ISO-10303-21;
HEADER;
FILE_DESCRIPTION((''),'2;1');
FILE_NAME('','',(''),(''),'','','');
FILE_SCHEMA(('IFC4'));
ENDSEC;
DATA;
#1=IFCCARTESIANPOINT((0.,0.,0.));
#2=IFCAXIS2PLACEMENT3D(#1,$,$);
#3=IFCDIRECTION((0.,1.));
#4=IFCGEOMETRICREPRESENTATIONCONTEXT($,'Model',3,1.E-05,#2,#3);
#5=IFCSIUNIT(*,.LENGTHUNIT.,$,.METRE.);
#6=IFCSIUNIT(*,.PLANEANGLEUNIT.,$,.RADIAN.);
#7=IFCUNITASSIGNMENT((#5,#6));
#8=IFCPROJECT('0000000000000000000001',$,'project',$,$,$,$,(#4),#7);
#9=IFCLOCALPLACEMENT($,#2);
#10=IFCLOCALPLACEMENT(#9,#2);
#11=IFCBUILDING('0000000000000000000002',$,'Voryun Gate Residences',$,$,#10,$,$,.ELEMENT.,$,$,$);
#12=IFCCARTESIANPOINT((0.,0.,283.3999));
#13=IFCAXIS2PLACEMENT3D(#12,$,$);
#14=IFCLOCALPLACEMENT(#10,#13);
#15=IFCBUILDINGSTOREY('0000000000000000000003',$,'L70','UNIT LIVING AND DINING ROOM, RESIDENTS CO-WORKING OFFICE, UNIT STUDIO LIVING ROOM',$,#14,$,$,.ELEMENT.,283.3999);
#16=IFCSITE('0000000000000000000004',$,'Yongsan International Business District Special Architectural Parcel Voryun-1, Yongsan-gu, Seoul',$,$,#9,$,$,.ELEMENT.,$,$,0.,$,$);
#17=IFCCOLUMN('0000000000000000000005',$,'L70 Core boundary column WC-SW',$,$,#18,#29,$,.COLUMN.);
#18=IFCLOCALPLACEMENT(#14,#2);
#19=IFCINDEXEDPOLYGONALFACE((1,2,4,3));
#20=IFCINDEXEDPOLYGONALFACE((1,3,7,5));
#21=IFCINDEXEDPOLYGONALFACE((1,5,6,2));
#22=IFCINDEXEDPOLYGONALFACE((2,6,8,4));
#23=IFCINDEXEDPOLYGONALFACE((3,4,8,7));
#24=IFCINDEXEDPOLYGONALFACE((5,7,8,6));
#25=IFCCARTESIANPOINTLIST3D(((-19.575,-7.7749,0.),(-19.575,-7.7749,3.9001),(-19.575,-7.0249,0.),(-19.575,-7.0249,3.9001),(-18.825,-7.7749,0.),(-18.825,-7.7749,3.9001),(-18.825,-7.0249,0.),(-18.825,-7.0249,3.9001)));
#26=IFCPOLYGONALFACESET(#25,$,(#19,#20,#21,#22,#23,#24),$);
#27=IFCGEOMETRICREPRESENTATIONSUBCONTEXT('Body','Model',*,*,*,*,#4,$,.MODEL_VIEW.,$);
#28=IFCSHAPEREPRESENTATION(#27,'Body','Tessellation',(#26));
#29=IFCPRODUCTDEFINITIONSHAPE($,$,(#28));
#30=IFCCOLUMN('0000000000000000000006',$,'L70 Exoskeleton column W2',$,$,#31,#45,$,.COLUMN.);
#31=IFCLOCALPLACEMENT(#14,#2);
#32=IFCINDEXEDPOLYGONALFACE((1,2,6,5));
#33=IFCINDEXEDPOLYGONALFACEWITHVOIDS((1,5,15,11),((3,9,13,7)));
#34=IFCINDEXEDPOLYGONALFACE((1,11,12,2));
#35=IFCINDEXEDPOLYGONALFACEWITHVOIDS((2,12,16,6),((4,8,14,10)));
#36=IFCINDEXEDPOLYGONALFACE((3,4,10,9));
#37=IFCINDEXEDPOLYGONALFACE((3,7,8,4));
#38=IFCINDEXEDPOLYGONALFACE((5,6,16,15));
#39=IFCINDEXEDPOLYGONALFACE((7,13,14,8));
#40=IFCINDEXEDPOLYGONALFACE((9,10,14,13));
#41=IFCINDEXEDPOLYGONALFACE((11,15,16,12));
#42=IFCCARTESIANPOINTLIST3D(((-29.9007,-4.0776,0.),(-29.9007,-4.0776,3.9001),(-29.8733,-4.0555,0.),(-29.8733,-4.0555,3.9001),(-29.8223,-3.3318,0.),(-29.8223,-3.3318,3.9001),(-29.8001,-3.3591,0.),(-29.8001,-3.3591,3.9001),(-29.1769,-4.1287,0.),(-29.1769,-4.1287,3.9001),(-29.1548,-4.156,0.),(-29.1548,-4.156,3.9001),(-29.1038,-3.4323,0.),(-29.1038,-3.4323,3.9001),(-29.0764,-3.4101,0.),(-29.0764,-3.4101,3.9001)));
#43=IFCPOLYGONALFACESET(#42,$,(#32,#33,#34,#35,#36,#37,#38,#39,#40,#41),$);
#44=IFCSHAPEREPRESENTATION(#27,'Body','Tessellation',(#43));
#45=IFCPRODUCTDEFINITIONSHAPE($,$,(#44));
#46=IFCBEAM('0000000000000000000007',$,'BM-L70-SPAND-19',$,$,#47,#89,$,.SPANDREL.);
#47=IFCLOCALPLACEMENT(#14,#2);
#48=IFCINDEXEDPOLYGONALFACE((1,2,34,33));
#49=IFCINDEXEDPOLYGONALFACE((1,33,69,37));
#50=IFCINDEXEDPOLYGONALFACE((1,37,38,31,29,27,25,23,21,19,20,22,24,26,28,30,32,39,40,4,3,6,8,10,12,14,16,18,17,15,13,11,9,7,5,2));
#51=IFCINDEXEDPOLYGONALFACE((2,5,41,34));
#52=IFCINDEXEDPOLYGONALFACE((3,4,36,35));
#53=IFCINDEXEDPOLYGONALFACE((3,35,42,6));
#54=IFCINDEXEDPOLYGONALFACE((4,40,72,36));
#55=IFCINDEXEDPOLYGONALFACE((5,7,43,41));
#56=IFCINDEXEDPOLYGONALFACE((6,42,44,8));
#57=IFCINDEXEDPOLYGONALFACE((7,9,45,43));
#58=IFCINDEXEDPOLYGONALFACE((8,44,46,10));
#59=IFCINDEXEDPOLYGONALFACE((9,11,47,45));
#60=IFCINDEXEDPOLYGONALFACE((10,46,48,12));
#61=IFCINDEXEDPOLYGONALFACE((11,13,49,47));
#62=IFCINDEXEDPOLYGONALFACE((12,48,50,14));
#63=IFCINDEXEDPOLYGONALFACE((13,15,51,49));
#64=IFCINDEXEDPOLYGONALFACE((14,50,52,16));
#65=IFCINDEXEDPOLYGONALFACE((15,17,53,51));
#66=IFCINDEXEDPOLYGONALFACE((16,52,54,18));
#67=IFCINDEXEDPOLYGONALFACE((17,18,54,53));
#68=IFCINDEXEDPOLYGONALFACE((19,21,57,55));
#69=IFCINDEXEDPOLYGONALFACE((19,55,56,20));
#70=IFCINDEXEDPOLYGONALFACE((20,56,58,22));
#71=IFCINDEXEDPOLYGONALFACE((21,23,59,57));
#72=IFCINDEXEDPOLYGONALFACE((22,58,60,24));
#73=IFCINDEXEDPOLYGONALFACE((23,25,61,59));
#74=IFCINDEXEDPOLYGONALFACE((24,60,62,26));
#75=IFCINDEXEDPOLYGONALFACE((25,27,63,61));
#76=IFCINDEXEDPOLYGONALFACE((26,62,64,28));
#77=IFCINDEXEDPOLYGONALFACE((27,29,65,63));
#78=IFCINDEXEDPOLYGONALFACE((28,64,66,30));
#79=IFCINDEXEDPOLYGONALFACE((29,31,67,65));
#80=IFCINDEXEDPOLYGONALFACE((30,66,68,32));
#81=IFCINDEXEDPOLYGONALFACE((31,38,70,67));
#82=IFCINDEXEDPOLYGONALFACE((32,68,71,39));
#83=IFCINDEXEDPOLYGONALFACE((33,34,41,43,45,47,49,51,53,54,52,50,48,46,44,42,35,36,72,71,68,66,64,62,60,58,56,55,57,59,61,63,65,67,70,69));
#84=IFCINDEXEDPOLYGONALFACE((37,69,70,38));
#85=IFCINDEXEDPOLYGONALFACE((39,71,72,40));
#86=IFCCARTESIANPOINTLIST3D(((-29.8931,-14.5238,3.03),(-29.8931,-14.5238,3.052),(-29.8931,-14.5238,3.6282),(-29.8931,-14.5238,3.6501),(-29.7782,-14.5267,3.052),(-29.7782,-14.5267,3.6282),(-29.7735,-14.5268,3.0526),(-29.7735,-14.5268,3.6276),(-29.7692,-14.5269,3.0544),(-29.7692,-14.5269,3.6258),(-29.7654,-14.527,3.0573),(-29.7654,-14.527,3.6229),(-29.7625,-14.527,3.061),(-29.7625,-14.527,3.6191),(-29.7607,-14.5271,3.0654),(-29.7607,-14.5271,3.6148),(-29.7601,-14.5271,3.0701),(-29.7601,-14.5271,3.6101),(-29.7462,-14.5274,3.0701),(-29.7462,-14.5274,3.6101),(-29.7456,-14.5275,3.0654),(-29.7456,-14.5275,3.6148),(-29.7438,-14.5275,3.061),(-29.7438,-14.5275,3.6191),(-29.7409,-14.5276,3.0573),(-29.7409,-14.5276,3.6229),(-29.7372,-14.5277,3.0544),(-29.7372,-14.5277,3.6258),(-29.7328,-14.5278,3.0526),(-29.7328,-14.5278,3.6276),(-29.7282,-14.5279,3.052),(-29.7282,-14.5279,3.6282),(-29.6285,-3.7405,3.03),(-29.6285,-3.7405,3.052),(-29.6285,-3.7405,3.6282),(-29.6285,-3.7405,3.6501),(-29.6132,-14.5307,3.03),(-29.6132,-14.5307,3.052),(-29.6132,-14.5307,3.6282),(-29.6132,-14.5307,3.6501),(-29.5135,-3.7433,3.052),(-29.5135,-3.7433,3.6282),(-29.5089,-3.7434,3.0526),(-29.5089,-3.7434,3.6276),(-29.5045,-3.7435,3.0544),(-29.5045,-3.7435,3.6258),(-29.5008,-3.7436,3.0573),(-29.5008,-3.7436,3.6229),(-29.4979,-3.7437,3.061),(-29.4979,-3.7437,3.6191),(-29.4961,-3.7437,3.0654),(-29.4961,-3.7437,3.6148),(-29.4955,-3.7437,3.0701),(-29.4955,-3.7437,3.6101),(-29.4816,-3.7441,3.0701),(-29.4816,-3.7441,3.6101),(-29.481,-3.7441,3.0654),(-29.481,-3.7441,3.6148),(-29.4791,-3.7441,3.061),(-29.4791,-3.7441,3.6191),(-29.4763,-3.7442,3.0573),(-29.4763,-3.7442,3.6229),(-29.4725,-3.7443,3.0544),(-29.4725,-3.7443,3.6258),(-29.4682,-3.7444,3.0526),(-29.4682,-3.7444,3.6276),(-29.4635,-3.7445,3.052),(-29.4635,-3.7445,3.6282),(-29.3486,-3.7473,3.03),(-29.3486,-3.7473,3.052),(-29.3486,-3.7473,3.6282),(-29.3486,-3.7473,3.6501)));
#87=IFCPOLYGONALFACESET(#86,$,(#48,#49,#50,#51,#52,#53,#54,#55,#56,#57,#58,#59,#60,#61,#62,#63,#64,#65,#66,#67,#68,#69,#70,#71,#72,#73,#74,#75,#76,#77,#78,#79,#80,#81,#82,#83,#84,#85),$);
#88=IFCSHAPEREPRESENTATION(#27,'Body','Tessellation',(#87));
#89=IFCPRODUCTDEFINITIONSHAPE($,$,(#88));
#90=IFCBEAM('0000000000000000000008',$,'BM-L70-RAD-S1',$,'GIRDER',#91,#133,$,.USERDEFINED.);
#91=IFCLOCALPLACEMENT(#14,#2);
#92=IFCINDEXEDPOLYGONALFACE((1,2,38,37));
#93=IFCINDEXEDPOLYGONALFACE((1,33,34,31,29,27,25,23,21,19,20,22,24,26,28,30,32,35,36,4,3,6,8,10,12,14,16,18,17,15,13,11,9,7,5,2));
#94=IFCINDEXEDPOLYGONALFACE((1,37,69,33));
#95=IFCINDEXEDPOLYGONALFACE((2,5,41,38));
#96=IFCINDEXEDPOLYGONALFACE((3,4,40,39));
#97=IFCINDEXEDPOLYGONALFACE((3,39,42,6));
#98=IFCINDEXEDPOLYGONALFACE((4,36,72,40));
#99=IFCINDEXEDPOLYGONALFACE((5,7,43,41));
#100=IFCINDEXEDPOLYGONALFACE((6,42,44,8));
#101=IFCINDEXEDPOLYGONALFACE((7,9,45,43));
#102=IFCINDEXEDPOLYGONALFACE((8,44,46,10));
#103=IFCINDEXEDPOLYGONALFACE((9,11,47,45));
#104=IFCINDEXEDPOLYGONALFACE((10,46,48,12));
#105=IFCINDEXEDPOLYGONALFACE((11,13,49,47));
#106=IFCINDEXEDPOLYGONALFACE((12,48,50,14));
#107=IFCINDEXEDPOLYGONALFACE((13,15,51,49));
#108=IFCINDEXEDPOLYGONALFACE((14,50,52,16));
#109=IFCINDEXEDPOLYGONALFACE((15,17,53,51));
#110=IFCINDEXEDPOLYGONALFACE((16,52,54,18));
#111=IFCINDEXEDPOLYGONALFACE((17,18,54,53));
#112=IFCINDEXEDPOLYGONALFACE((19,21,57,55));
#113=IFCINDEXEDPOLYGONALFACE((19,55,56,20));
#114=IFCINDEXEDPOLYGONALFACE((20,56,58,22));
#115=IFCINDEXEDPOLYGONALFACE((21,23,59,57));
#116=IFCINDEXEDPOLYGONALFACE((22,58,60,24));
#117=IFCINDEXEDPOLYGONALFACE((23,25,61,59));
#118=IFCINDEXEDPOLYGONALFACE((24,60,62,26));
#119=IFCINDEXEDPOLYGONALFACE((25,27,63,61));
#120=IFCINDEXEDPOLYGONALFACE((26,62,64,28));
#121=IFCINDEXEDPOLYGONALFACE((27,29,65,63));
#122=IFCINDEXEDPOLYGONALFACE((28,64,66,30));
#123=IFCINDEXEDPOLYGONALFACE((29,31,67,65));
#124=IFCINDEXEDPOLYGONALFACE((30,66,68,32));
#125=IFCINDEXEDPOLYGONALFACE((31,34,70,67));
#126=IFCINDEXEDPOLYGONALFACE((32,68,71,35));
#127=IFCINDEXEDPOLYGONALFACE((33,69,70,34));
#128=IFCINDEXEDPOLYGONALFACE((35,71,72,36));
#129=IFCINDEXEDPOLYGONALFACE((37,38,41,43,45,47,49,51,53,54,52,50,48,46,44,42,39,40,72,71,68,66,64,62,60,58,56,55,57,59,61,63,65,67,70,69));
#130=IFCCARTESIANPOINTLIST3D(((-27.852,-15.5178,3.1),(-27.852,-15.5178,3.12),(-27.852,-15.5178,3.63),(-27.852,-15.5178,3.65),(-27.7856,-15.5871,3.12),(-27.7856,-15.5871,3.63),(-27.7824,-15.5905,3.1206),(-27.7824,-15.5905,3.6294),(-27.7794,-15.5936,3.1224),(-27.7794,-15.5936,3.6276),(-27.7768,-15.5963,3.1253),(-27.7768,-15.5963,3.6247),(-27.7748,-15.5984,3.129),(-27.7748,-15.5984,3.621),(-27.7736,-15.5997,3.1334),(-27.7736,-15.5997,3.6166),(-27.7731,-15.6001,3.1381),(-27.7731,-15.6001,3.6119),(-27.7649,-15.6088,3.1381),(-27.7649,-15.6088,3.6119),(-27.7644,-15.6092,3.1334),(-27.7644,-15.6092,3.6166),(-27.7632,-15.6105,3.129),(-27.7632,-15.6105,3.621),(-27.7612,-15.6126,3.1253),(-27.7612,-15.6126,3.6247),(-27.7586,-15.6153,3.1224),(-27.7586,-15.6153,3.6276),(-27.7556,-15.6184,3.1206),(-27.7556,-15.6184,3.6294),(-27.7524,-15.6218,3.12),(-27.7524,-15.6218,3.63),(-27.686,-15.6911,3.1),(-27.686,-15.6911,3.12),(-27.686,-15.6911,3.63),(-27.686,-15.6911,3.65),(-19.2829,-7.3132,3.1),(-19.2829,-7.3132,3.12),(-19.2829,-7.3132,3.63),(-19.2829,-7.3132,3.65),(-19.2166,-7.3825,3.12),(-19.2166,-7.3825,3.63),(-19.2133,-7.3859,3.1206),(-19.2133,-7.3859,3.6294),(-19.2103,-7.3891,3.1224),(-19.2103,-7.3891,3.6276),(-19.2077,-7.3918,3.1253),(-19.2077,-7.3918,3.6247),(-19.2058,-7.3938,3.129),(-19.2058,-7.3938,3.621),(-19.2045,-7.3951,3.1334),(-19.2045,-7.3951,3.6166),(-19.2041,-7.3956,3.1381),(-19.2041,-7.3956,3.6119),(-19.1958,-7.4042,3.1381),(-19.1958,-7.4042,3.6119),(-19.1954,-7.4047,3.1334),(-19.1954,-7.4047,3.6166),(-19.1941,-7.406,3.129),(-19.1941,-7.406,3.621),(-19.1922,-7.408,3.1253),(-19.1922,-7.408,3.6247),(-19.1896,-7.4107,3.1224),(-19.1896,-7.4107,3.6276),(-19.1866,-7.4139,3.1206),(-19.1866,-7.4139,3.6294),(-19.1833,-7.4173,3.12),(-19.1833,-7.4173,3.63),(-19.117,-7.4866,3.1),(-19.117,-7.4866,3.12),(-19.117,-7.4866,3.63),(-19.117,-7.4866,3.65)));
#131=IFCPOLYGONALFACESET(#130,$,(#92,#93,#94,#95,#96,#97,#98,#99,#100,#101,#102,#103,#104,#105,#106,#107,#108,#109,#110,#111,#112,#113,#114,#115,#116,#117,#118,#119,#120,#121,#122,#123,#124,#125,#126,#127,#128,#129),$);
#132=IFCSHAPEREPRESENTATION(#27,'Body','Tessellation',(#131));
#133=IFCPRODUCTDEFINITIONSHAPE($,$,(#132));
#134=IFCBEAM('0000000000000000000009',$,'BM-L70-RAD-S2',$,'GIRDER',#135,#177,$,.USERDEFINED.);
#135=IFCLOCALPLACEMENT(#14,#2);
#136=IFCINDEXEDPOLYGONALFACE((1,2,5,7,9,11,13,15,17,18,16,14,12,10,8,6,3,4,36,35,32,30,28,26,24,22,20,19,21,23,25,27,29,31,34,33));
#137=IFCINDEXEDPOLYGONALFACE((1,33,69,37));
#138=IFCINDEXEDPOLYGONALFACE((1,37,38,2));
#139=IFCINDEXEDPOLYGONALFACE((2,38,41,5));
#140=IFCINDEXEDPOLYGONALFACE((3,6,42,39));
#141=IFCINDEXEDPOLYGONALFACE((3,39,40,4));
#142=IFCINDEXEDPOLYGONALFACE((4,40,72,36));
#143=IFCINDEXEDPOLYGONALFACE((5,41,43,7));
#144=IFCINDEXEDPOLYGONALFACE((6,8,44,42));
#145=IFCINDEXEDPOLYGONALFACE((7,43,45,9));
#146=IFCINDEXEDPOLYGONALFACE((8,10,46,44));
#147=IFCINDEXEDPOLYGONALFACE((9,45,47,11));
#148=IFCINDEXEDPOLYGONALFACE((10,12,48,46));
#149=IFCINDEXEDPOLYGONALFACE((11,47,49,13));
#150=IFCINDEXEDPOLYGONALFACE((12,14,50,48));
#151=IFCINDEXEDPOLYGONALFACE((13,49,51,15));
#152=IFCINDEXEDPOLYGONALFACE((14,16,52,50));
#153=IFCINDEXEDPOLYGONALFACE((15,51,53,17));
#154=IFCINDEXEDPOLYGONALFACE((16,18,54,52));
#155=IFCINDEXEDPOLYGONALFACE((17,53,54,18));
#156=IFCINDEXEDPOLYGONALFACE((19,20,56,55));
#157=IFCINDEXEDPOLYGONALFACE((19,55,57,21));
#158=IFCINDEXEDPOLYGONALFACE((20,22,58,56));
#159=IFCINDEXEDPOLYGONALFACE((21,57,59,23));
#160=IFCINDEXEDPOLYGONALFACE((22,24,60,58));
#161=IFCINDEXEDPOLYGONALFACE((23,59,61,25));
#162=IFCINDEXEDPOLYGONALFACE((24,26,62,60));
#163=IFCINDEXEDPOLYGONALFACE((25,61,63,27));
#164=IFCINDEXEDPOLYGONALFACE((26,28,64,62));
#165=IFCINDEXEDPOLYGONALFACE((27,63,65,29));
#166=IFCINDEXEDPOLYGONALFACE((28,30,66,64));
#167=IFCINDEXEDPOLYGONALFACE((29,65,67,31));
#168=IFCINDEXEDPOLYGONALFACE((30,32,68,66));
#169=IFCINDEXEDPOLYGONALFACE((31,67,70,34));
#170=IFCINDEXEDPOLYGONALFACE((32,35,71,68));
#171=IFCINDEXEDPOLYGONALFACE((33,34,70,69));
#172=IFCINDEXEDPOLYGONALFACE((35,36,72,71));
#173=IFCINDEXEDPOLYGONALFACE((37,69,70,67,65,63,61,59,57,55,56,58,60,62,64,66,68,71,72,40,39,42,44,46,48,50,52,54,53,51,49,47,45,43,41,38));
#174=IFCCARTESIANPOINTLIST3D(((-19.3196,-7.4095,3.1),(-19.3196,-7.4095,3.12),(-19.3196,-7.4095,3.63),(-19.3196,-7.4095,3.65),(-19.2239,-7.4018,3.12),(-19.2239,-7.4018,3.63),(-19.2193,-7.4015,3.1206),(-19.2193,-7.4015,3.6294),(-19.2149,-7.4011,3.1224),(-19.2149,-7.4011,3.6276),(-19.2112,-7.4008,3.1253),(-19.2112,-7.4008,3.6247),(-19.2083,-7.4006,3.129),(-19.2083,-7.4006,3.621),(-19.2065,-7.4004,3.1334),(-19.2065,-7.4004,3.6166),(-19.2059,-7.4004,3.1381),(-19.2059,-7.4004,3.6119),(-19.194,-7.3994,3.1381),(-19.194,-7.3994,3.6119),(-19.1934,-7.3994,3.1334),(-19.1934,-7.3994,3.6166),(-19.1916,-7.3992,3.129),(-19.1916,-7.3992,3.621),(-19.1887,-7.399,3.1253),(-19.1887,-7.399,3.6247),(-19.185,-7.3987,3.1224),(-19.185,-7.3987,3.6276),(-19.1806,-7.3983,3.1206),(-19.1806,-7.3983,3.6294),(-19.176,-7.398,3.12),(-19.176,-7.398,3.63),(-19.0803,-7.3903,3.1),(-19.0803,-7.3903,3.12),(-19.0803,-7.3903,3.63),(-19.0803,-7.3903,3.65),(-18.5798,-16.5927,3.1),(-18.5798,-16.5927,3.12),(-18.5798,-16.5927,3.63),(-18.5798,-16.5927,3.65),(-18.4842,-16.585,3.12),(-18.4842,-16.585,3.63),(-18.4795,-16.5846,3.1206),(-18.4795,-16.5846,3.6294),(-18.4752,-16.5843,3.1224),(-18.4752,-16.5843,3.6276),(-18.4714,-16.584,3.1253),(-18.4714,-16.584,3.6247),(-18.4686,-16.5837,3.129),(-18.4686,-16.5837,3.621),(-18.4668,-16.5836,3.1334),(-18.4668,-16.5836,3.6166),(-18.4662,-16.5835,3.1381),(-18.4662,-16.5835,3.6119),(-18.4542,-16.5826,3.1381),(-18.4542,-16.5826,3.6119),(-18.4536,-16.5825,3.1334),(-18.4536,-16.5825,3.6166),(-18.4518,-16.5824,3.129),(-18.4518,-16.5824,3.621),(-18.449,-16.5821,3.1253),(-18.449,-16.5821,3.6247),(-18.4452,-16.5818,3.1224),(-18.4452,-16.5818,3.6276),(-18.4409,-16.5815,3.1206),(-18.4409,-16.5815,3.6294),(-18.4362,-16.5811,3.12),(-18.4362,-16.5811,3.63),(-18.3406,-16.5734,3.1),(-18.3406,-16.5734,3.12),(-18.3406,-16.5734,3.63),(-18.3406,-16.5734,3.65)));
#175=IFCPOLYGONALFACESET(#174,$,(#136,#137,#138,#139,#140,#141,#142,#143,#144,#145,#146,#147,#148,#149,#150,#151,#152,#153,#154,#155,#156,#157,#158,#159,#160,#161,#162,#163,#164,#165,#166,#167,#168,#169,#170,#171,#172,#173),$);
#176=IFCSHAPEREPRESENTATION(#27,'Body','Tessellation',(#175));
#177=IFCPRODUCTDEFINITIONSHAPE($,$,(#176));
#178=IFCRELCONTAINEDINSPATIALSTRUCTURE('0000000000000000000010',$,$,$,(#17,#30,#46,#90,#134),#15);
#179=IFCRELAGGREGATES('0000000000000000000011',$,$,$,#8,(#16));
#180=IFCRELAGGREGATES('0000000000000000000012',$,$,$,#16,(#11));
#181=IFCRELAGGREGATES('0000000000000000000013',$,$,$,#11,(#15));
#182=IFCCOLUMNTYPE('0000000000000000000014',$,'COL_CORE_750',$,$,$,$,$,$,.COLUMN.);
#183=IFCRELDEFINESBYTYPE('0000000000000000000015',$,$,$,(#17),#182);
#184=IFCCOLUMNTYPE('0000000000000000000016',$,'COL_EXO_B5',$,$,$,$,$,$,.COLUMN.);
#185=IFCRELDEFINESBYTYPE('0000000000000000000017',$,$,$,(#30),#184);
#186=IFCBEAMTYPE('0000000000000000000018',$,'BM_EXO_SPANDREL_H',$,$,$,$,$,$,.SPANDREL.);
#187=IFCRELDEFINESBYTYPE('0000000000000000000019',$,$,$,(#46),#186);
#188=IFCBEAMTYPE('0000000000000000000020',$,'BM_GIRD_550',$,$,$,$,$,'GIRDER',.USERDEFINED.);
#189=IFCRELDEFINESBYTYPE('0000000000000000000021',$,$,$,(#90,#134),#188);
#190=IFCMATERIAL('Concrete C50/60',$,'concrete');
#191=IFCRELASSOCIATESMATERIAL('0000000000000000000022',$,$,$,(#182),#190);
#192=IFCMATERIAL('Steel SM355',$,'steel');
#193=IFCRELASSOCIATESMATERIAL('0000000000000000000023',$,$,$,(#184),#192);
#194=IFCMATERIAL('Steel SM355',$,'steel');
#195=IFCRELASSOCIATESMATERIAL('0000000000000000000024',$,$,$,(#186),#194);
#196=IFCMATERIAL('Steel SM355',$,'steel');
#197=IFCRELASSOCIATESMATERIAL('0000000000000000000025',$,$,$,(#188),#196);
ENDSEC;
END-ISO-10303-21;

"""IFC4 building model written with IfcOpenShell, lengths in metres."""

from ifc_helpers import new_model, si_unit, direction, frame, origin, origin_2d, place, context, subcontext, project, spatial, rectangle, hollow_rectangle, i_section, extrude, material, material_profile, profile_set, type_object, element, save


model = new_model("IFC4")

# Units and contexts
model_context = context("Model", 3, precision=1e-05, world=origin(), true_north=direction((0.0, 1.0)))
body_context = subcontext(model_context, "Body", "Model", "MODEL_VIEW")
ifc_project = project(units=[si_unit("LENGTHUNIT", "METRE"), si_unit("PLANEANGLEUNIT", "RADIAN")], contexts=[model_context])

# Site, building, storey
site_placement = place(None, origin())
site = spatial("IfcSite", under=ifc_project, at=site_placement, Name="Yongsan International Business District Special Architectural Parcel Voryun-1, Yongsan-gu, Seoul", CompositionType="ELEMENT", RefElevation=0.0)
building_placement = place(site_placement, origin())
building = spatial("IfcBuilding", under=site, at=building_placement, Name="Voryun Gate Residences", CompositionType="ELEMENT")
storey_placement = place(building_placement, frame((0.0, 0.0, 283.3999)))
storey = spatial("IfcBuildingStorey", under=building, at=storey_placement, Name="L70", Description="UNIT LIVING AND DINING ROOM, RESIDENTS CO-WORKING OFFICE, UNIT STUDIO LIVING ROOM", CompositionType="ELEMENT", Elevation=283.3999)

# Columns
ifc_material_1 = material(Name="Concrete C50/60", Category="concrete")
ifc_material_profile_1 = material_profile(ifc_material_1, rectangle(XDim=0.75, YDim=0.75, at=origin_2d()), Name="RC-750x750")
ifc_profile_set_1 = profile_set([ifc_material_profile_1], Name="Concrete C50/60")
column_type_1 = type_object("IfcColumnType", Name="COL_CORE_750", PredefinedType="COLUMN", material=ifc_profile_set_1)
column_1_placement = place(storey_placement, frame((-19.2, -7.3999, 0.0), z_axis=(0.0, 0.0, 1.0), x_axis=(1.0, 0.0, 0.0)))
element("IfcColumn", 1, at=column_1_placement, inside=storey, type_object=column_type_1, Name="L70 Core boundary column WC-SW", PredefinedType="COLUMN", context=body_context, shape_type="SweptSolid", body=[
    extrude(rectangle(XDim=0.75, YDim=0.75, at=origin_2d()), origin(), (0.0, 0.0, 1.0), 3.9001),
])
ifc_material_2 = material(Name="Steel SM355", Category="steel")
ifc_material_profile_2 = material_profile(ifc_material_2, hollow_rectangle(XDim=0.75, YDim=0.75, WallThickness=0.0249, at=origin_2d()), Name="BOX-750x750x25")
ifc_profile_set_2 = profile_set([ifc_material_profile_2], Name="Steel SM355")
column_type_2 = type_object("IfcColumnType", Name="COL_EXO_B5", PredefinedType="COLUMN", material=ifc_profile_set_2)
column_2_placement = place(storey_placement, frame((-29.4885, -3.7439, 0.0), z_axis=(0.0, 0.0, 1.0), x_axis=(0.994522, -0.104528, 0.0)))
element("IfcColumn", 2, at=column_2_placement, inside=storey, type_object=column_type_2, Name="L70 Exoskeleton column W2", PredefinedType="COLUMN", context=body_context, shape_type="SweptSolid", body=[
    extrude(hollow_rectangle(XDim=0.75, YDim=0.75, WallThickness=0.0249, at=origin_2d()), origin(), (0.0, 0.0, 1.0), 3.9001),
])

# Beams
ifc_material_3 = material(Name="Steel SM355", Category="steel")
ifc_material_profile_3 = material_profile(ifc_material_3, i_section(OverallWidth=0.28, OverallDepth=0.6201, WebThickness=0.0139, FlangeThickness=0.022, FilletRadius=0.0181, at=origin_2d()), Name="H-620x280x14x22")
ifc_profile_set_3 = profile_set([ifc_material_profile_3], Name="Steel SM355")
beam_type_1 = type_object("IfcBeamType", Name="BM_EXO_SPANDREL_H", PredefinedType="SPANDREL", material=ifc_profile_set_3)
beam_1_placement = place(storey_placement, frame((-29.4885, -3.7439, 3.3401), z_axis=(-0.024535, -0.999699, 0.0), x_axis=(0.999699, -0.024535, 0.0)))
element("IfcBeam", 3, at=beam_1_placement, inside=storey, type_object=beam_type_1, Name="BM-L70-SPAND-19", PredefinedType="SPANDREL", context=body_context, shape_type="SweptSolid", body=[
    extrude(i_section(OverallWidth=0.28, OverallDepth=0.6201, WebThickness=0.0139, FlangeThickness=0.022, FilletRadius=0.0181, at=origin_2d()), origin(), (0.0, 0.0, 1.0), 10.7866),
])
ifc_material_4 = material(Name="Steel SM355", Category="steel")
ifc_material_profile_4 = material_profile(ifc_material_4, i_section(OverallWidth=0.24, OverallDepth=0.55, WebThickness=0.012, FlangeThickness=0.02, FilletRadius=0.0181, at=origin_2d()), Name="H-550x240x12x20")
ifc_profile_set_4 = profile_set([ifc_material_profile_4], Name="Steel SM355")
beam_type_2 = type_object("IfcBeamType", Name="BM_GIRD_550", ElementType="GIRDER", PredefinedType="USERDEFINED", material=ifc_profile_set_4)
beam_2_placement = place(storey_placement, frame((-19.2, -7.3999, 3.375), z_axis=(-0.722302, -0.691578, 0.0), x_axis=(0.691578, -0.722302, 0.0)))
element("IfcBeam", 4, at=beam_2_placement, inside=storey, type_object=beam_type_2, Name="BM-L70-RAD-S1", ObjectType="GIRDER", PredefinedType="USERDEFINED", context=body_context, shape_type="SweptSolid", body=[
    extrude(i_section(OverallWidth=0.24, OverallDepth=0.55, WebThickness=0.012, FlangeThickness=0.02, FilletRadius=0.0181, at=origin_2d()), origin(), (0.0, 0.0, 1.0), 11.8635),
])
beam_3_placement = place(storey_placement, frame((-19.2, -7.3999, 3.375), z_axis=(0.080295, -0.996771, 0.0), x_axis=(0.996771, 0.080295, 0.0)))
element("IfcBeam", 5, at=beam_3_placement, inside=storey, type_object=beam_type_2, Name="BM-L70-RAD-S2", ObjectType="GIRDER", PredefinedType="USERDEFINED", context=body_context, shape_type="SweptSolid", body=[
    extrude(i_section(OverallWidth=0.24, OverallDepth=0.55, WebThickness=0.012, FlangeThickness=0.02, FilletRadius=0.0181, at=origin_2d()), origin(), (0.0, 0.0, 1.0), 9.2129),
])

save(model, "model.ifc")
